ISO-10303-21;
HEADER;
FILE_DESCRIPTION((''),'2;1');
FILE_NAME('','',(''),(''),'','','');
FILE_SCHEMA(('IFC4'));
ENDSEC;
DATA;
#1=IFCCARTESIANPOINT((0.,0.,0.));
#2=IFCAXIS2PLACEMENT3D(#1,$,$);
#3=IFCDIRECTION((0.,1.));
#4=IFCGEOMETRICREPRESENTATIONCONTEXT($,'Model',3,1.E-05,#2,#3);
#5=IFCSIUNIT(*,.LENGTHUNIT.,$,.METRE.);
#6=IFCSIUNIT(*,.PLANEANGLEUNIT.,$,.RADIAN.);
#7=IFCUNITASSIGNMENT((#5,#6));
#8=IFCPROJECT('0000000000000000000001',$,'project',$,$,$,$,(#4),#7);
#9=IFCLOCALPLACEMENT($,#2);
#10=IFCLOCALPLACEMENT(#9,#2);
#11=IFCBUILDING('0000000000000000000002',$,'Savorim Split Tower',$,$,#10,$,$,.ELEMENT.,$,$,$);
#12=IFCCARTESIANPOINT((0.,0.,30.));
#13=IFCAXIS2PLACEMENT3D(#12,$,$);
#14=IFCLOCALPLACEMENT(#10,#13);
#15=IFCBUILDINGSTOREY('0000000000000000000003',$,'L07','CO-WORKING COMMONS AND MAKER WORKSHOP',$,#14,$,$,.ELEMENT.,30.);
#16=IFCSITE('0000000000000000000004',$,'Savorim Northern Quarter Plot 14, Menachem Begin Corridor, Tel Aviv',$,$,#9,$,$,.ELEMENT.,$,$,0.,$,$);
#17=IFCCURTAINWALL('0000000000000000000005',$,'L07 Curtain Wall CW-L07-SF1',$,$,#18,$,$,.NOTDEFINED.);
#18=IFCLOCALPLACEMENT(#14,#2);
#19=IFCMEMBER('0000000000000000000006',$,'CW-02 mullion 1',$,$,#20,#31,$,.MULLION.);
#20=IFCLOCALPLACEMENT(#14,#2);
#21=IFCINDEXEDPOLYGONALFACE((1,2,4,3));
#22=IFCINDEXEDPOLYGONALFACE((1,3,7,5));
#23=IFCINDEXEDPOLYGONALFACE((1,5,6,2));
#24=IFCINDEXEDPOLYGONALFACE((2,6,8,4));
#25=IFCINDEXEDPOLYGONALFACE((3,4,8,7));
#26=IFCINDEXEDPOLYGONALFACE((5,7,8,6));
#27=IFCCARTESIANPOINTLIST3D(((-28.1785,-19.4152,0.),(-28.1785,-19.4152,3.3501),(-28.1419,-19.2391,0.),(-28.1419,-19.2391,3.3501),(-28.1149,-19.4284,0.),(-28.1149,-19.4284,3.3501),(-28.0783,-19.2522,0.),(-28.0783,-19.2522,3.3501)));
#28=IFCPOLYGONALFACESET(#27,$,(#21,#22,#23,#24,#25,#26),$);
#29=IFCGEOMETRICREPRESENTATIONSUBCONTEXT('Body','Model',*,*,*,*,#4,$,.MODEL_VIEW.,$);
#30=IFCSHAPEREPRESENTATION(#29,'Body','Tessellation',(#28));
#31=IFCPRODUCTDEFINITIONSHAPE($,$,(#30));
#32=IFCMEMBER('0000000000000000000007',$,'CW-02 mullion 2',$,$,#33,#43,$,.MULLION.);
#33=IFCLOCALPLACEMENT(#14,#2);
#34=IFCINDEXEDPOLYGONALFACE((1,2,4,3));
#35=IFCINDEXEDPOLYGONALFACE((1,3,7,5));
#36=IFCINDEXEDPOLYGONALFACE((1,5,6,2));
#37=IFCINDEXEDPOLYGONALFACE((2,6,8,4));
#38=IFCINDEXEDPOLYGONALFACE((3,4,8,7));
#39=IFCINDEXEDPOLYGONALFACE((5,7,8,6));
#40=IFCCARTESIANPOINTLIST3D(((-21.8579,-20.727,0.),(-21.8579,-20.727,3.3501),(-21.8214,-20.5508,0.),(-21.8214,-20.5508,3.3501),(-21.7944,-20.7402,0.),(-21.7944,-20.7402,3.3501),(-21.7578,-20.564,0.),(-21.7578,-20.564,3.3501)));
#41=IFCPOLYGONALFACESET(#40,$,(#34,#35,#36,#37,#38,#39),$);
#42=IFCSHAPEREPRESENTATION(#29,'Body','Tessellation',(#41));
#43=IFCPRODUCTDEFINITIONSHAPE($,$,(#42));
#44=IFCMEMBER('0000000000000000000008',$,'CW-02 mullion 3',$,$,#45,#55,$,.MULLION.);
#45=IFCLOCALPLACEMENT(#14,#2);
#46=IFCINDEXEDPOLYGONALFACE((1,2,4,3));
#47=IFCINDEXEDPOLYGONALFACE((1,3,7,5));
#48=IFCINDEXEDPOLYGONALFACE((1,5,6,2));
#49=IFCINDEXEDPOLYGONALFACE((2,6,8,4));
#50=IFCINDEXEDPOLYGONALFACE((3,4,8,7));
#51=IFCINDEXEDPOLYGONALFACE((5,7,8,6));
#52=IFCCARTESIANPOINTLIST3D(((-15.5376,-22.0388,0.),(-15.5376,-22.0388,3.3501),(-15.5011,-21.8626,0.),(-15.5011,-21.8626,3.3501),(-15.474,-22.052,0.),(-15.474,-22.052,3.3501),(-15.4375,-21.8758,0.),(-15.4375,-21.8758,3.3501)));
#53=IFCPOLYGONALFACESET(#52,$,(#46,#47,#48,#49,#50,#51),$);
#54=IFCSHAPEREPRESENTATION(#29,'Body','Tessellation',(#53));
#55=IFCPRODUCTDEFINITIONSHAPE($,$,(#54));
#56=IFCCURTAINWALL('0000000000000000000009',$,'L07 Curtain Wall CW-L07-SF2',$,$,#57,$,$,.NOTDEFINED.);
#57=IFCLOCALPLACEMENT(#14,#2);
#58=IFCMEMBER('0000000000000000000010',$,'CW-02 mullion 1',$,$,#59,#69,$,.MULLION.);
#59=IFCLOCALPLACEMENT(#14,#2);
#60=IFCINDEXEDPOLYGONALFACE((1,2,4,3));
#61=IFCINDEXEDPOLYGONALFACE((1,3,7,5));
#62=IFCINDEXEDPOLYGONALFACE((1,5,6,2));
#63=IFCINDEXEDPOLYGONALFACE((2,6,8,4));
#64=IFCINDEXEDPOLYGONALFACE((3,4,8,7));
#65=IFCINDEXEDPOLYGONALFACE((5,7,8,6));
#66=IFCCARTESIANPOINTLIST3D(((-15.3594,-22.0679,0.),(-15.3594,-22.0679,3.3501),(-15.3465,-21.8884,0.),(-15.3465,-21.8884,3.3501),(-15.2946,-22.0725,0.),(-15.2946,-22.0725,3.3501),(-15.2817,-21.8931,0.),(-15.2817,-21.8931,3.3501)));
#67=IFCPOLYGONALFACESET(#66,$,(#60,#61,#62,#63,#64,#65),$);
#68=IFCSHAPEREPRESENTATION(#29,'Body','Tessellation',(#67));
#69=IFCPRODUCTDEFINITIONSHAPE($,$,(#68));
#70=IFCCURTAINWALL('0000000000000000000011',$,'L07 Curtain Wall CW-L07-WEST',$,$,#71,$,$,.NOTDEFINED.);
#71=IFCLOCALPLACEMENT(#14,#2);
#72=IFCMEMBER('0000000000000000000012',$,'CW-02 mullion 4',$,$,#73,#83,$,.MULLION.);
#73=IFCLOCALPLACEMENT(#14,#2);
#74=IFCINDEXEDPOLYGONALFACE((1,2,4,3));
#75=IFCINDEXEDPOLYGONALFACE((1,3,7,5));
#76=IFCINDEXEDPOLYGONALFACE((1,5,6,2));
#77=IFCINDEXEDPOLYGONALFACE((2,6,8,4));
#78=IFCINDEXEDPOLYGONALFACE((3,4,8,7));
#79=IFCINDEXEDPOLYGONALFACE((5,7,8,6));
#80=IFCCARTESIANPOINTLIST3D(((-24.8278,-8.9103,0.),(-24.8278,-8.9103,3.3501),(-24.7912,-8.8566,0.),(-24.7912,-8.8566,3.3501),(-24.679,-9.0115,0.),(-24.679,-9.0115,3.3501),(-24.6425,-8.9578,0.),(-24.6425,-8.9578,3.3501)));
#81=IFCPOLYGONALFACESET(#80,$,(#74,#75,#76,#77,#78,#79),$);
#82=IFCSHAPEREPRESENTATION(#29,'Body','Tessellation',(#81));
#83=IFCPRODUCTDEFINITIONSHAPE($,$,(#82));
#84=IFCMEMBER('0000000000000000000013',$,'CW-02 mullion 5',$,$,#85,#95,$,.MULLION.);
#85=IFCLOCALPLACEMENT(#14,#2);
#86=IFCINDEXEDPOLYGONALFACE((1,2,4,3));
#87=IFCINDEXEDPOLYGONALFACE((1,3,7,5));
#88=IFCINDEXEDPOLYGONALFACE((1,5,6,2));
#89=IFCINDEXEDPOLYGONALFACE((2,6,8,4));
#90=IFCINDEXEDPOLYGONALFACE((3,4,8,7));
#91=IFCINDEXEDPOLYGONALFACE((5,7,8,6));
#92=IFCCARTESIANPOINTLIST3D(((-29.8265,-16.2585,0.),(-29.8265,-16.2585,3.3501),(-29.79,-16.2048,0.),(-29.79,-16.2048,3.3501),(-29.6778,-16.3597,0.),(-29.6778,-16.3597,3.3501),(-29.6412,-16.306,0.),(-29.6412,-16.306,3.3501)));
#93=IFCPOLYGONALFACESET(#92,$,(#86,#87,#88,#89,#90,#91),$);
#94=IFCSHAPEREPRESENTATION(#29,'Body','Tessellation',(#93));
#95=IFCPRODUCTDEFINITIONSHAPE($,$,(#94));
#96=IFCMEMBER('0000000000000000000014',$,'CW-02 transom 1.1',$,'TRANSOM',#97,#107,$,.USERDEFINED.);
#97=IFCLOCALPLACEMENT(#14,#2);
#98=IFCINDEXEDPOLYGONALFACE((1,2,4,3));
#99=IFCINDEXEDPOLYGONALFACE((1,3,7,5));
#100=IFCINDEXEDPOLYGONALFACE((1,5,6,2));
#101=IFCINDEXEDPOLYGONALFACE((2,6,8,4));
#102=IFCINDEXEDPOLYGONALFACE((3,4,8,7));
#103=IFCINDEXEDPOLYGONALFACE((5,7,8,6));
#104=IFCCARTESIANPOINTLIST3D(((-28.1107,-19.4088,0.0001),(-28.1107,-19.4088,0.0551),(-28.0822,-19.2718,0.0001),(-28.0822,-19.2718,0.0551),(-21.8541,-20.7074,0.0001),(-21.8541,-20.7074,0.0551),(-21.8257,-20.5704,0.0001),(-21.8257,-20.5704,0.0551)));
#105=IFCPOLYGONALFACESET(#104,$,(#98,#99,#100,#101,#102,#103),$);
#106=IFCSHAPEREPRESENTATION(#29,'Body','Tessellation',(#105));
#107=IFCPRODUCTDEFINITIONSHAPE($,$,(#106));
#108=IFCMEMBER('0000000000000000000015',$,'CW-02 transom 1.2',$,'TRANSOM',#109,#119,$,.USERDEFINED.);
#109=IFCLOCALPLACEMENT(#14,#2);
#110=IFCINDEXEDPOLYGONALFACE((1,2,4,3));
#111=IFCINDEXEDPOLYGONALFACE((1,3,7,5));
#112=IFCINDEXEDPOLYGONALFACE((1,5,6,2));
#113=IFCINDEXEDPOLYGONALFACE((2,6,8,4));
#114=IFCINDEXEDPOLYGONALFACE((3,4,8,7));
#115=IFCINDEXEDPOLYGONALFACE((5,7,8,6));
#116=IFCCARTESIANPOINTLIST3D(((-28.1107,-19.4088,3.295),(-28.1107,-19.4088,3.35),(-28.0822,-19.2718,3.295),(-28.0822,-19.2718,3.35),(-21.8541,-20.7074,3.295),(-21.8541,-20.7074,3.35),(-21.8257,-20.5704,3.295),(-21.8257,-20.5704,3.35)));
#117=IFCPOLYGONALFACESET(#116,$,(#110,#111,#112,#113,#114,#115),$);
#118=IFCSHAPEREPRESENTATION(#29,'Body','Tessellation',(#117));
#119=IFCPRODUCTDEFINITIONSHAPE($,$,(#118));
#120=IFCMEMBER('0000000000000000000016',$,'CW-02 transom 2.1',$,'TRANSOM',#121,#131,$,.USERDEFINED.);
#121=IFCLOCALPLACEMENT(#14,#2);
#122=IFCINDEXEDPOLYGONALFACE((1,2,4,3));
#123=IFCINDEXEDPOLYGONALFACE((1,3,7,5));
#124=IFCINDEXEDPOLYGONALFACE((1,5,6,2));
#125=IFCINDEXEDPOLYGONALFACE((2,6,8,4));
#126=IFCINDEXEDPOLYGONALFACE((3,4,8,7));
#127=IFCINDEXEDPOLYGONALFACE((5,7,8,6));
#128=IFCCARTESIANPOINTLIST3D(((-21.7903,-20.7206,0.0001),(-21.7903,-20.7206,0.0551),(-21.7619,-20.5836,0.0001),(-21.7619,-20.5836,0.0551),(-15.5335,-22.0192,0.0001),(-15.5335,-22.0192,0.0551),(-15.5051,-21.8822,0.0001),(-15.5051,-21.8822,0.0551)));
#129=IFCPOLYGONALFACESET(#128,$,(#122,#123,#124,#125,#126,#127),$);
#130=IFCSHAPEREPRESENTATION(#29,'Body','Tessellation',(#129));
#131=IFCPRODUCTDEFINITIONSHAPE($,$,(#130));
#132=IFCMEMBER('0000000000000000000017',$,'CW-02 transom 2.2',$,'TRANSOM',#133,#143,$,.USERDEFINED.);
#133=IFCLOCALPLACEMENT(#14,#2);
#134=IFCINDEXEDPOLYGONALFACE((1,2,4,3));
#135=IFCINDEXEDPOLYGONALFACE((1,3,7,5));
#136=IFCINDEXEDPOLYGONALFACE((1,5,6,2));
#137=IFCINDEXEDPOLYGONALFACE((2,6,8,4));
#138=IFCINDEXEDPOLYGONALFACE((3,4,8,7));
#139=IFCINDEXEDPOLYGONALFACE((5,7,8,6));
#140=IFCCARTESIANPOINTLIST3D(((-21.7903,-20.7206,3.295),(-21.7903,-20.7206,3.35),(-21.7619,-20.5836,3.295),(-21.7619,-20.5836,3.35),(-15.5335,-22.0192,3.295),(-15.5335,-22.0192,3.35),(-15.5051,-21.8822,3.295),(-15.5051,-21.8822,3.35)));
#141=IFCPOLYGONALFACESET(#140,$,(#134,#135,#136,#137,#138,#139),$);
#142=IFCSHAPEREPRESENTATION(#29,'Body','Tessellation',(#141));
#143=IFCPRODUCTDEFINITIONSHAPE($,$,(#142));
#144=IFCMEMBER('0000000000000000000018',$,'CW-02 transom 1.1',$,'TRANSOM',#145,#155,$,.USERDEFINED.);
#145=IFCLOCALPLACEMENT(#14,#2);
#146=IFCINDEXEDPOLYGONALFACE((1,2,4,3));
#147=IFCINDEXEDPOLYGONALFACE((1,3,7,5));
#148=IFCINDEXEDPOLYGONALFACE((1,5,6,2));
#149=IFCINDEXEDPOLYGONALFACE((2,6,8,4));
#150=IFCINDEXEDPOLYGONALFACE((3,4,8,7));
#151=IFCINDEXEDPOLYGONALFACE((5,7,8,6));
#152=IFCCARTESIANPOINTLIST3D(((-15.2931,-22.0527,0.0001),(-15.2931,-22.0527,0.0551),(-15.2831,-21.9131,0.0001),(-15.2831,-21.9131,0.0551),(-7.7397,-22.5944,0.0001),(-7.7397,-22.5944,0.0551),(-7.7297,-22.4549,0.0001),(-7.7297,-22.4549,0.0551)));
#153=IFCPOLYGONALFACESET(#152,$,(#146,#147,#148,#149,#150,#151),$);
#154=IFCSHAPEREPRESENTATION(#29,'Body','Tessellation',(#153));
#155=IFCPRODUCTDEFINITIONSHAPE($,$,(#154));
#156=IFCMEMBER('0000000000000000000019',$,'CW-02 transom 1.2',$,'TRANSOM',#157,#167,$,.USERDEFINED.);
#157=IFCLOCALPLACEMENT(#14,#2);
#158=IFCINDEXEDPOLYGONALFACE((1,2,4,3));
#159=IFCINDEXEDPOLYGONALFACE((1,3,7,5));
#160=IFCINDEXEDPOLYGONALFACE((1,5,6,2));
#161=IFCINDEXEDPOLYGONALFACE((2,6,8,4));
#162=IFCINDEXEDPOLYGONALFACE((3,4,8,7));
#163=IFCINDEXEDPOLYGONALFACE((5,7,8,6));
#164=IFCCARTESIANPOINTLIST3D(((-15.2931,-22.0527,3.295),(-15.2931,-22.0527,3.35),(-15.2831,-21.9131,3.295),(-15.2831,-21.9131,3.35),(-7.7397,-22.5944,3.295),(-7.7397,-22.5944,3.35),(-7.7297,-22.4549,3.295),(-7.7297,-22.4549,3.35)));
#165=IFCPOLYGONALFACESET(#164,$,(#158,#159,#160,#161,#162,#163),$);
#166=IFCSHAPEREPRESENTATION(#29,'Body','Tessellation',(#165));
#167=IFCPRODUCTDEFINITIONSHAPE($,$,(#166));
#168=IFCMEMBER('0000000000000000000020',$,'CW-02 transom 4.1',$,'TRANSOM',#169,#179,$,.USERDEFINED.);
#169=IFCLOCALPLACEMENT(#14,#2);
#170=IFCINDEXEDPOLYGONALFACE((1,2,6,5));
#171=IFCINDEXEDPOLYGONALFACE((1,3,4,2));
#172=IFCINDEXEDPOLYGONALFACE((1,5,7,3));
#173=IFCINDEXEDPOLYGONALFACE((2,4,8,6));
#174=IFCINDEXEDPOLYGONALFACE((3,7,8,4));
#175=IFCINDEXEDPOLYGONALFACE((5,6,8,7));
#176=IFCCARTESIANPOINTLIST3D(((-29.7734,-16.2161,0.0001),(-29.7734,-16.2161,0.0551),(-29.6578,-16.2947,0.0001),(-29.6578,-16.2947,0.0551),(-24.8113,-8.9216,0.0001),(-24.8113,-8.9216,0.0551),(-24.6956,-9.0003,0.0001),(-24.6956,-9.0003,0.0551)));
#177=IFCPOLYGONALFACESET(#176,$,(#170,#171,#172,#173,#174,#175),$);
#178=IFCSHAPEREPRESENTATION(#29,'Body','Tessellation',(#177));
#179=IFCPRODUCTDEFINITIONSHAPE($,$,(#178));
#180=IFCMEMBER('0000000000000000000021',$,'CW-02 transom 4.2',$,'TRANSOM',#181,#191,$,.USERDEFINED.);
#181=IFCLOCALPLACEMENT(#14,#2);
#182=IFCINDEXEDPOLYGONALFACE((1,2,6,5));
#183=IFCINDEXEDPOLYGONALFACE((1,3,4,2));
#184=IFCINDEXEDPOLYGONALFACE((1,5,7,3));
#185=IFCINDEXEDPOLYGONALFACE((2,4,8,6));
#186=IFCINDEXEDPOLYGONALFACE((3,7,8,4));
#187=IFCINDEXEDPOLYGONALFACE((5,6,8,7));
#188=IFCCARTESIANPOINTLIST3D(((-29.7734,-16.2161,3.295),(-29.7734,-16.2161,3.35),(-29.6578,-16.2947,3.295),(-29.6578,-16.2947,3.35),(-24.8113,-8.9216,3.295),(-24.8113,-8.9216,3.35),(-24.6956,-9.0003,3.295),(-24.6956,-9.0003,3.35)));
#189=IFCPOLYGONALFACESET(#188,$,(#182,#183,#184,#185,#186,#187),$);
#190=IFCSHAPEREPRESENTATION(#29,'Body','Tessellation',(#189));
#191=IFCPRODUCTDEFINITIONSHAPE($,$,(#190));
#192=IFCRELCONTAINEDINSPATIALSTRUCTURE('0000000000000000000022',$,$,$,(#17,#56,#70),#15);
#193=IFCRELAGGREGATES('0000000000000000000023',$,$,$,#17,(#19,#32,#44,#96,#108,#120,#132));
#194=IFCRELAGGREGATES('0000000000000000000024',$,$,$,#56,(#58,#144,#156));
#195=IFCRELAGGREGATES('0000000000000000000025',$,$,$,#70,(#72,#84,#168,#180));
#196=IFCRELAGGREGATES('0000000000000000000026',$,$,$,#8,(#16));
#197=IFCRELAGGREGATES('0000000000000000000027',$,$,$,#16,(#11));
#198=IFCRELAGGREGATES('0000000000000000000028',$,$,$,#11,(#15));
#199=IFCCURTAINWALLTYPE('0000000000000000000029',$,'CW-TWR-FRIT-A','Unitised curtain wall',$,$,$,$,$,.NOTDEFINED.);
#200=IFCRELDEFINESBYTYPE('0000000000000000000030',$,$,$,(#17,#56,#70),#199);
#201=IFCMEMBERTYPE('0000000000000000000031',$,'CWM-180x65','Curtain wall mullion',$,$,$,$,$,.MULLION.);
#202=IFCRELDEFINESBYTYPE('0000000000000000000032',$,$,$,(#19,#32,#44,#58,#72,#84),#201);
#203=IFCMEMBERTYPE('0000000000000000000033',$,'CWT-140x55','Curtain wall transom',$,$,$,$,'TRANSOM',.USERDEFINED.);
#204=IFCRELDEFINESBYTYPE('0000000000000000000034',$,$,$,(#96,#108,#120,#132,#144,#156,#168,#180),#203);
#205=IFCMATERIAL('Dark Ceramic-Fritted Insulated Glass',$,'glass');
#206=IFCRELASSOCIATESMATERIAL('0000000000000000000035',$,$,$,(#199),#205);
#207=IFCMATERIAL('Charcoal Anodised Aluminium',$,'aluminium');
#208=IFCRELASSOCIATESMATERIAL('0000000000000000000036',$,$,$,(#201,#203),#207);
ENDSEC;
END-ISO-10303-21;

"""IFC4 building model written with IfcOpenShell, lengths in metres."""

from ifc_helpers import new_model, si_unit, direction, frame, origin, origin_2d, place, context, subcontext, project, spatial, rectangle, extrude, material, material_profile, profile_set, type_object, element, aggregate, save


model = new_model("IFC4")

# Units and contexts
model_context = context("Model", 3, precision=1e-05, world=origin(), true_north=direction((0.0, 1.0)))
body_context = subcontext(model_context, "Body", "Model", "MODEL_VIEW")
ifc_project = project(units=[si_unit("LENGTHUNIT", "METRE"), si_unit("PLANEANGLEUNIT", "RADIAN")], contexts=[model_context])

# Site, building, storey
site_placement = place(None, origin())
site = spatial("IfcSite", under=ifc_project, at=site_placement, Name="Savorim Northern Quarter Plot 14, Menachem Begin Corridor, Tel Aviv", CompositionType="ELEMENT", RefElevation=0.0)
building_placement = place(site_placement, origin())
building = spatial("IfcBuilding", under=site, at=building_placement, Name="Savorim Split Tower", CompositionType="ELEMENT")
storey_placement = place(building_placement, frame((0.0, 0.0, 30.0)))
storey = spatial("IfcBuildingStorey", under=building, at=storey_placement, Name="L07", Description="CO-WORKING COMMONS AND MAKER WORKSHOP", CompositionType="ELEMENT", Elevation=30.0)

# Curtain wall, members
ifc_material_1 = material(Name="Dark Ceramic-Fritted Insulated Glass", Category="glass")
curtain_wall_type = type_object("IfcCurtainWallType", Name="CW-TWR-FRIT-A", Description="Unitised curtain wall", PredefinedType="NOTDEFINED", material=ifc_material_1)
curtain_wall_1_placement = place(storey_placement, origin())
curtain_wall_1 = element("IfcCurtainWall", 1, at=curtain_wall_1_placement, inside=storey, type_object=curtain_wall_type, Name="L07 Curtain Wall CW-L07-SF1", PredefinedType="NOTDEFINED")
ifc_material_2 = material(Name="Charcoal Anodised Aluminium", Category="aluminium")
ifc_material_profile_1 = material_profile(ifc_material_2, rectangle(XDim=0.1799, YDim=0.0649, at=origin_2d()), Name="ALU-M 180x65")
ifc_profile_set_1 = profile_set([ifc_material_profile_1], Name="Charcoal Anodised Aluminium")
member_type_1 = type_object("IfcMemberType", Name="CWM-180x65", Description="Curtain wall mullion", PredefinedType="MULLION", material=ifc_profile_set_1)
member_1_placement = place(storey_placement, frame((-28.1284, -19.3337, 0.0), z_axis=(0.0, 0.0, 1.0), x_axis=(0.20321, 0.979135, 0.0)))
member_1 = element("IfcMember", 2, at=member_1_placement, type_object=member_type_1, Name="CW-02 mullion 1", PredefinedType="MULLION", context=body_context, shape_type="SweptSolid", body=[
    extrude(rectangle(XDim=0.1799, YDim=0.0649, at=origin_2d()), origin(), (0.0, 0.0, 1.0), 3.3501),
])
member_2_placement = place(storey_placement, frame((-21.8079, -20.6455, 0.0), z_axis=(0.0, 0.0, 1.0), x_axis=(0.20321, 0.979135, 0.0)))
member_2 = element("IfcMember", 3, at=member_2_placement, type_object=member_type_1, Name="CW-02 mullion 2", PredefinedType="MULLION", context=body_context, shape_type="SweptSolid", body=[
    extrude(rectangle(XDim=0.1799, YDim=0.0649, at=origin_2d()), origin(), (0.0, 0.0, 1.0), 3.3501),
])
member_3_placement = place(storey_placement, frame((-15.4875, -21.9573, 0.0), z_axis=(0.0, 0.0, 1.0), x_axis=(0.20321, 0.979135, 0.0)))
member_3 = element("IfcMember", 4, at=member_3_placement, type_object=member_type_1, Name="CW-02 mullion 3", PredefinedType="MULLION", context=body_context, shape_type="SweptSolid", body=[
    extrude(rectangle(XDim=0.1799, YDim=0.0649, at=origin_2d()), origin(), (0.0, 0.0, 1.0), 3.3501),
])

# Curtain wall, member
curtain_wall_2_placement = place(storey_placement, origin())
curtain_wall_2 = element("IfcCurtainWall", 5, at=curtain_wall_2_placement, inside=storey, type_object=curtain_wall_type, Name="L07 Curtain Wall CW-L07-SF2", PredefinedType="NOTDEFINED")
member_4_placement = place(storey_placement, frame((-15.3206, -21.9805, 0.0), z_axis=(0.0, 0.0, 1.0), x_axis=(0.07156, 0.997436, 0.0)))
member_4 = element("IfcMember", 6, at=member_4_placement, type_object=member_type_1, Name="CW-02 mullion 1", PredefinedType="MULLION", context=body_context, shape_type="SweptSolid", body=[
    extrude(rectangle(XDim=0.1799, YDim=0.0649, at=origin_2d()), origin(), (0.0, 0.0, 1.0), 3.3501),
])

# Curtain wall, members
curtain_wall_3_placement = place(storey_placement, origin())
curtain_wall_3 = element("IfcCurtainWall", 7, at=curtain_wall_3_placement, inside=storey, type_object=curtain_wall_type, Name="L07 Curtain Wall CW-L07-WEST", PredefinedType="NOTDEFINED")
member_5_placement = place(storey_placement, frame((-24.7351, -8.9341, 0.0), z_axis=(0.0, 0.0, 1.0), x_axis=(0.826821, -0.562465, 0.0)))
member_5 = element("IfcMember", 8, at=member_5_placement, type_object=member_type_1, Name="CW-02 mullion 4", PredefinedType="MULLION", context=body_context, shape_type="SweptSolid", body=[
    extrude(rectangle(XDim=0.1799, YDim=0.0649, at=origin_2d()), origin(), (0.0, 0.0, 1.0), 3.3501),
])
member_6_placement = place(storey_placement, frame((-29.7339, -16.2822, 0.0), z_axis=(0.0, 0.0, 1.0), x_axis=(0.826821, -0.562465, 0.0)))
member_6 = element("IfcMember", 9, at=member_6_placement, type_object=member_type_1, Name="CW-02 mullion 5", PredefinedType="MULLION", context=body_context, shape_type="SweptSolid", body=[
    extrude(rectangle(XDim=0.1799, YDim=0.0649, at=origin_2d()), origin(), (0.0, 0.0, 1.0), 3.3501),
])

# Members
ifc_material_profile_2 = material_profile(ifc_material_2, rectangle(XDim=0.1399, YDim=0.0549, at=origin_2d()), Name="ALU-T 140x55")
ifc_profile_set_2 = profile_set([ifc_material_profile_2], Name="Charcoal Anodised Aluminium")
member_type_2 = type_object("IfcMemberType", Name="CWT-140x55", Description="Curtain wall transom", ElementType="TRANSOM", PredefinedType="USERDEFINED", material=ifc_profile_set_2)
member_7_placement = place(storey_placement, frame((-28.0964, -19.3403, 0.0276), z_axis=(0.979132, -0.203223, 0.0), x_axis=(0.203223, 0.979132, 0.0)))
member_7 = element("IfcMember", 10, at=member_7_placement, type_object=member_type_2, Name="CW-02 transom 1.1", ObjectType="TRANSOM", PredefinedType="USERDEFINED", context=body_context, shape_type="SweptSolid", body=[
    extrude(rectangle(XDim=0.1399, YDim=0.0549, at=origin_2d()), origin(), (0.0, 0.0, 1.0), 6.3899),
])
member_8_placement = place(storey_placement, frame((-28.0964, -19.3403, 3.3225), z_axis=(0.979132, -0.203223, 0.0), x_axis=(0.203223, 0.979132, 0.0)))
member_8 = element("IfcMember", 11, at=member_8_placement, type_object=member_type_2, Name="CW-02 transom 1.2", ObjectType="TRANSOM", PredefinedType="USERDEFINED", context=body_context, shape_type="SweptSolid", body=[
    extrude(rectangle(XDim=0.1399, YDim=0.0549, at=origin_2d()), origin(), (0.0, 0.0, 1.0), 6.3899),
])
member_9_placement = place(storey_placement, frame((-21.7761, -20.6521, 0.0276), z_axis=(0.979134, -0.203216, 0.0), x_axis=(0.203216, 0.979134, 0.0)))
member_9 = element("IfcMember", 12, at=member_9_placement, type_object=member_type_2, Name="CW-02 transom 2.1", ObjectType="TRANSOM", PredefinedType="USERDEFINED", context=body_context, shape_type="SweptSolid", body=[
    extrude(rectangle(XDim=0.1399, YDim=0.0549, at=origin_2d()), origin(), (0.0, 0.0, 1.0), 6.3901),
])
member_10_placement = place(storey_placement, frame((-21.7761, -20.6521, 3.3225), z_axis=(0.979134, -0.203216, 0.0), x_axis=(0.203216, 0.979134, 0.0)))
member_10 = element("IfcMember", 13, at=member_10_placement, type_object=member_type_2, Name="CW-02 transom 2.2", ObjectType="TRANSOM", PredefinedType="USERDEFINED", context=body_context, shape_type="SweptSolid", body=[
    extrude(rectangle(XDim=0.1399, YDim=0.0549, at=origin_2d()), origin(), (0.0, 0.0, 1.0), 6.3901),
])
member_11_placement = place(storey_placement, frame((-15.2881, -21.9829, 0.0276), z_axis=(0.997438, -0.071538, 0.0), x_axis=(0.071538, 0.997438, 0.0)))
member_11 = element("IfcMember", 14, at=member_11_placement, type_object=member_type_2, Name="CW-02 transom 1.1", ObjectType="TRANSOM", PredefinedType="USERDEFINED", context=body_context, shape_type="SweptSolid", body=[
    extrude(rectangle(XDim=0.1399, YDim=0.0549, at=origin_2d()), origin(), (0.0, 0.0, 1.0), 7.5728),
])
member_12_placement = place(storey_placement, frame((-15.2881, -21.9829, 3.3225), z_axis=(0.997438, -0.071538, 0.0), x_axis=(0.071538, 0.997438, 0.0)))
member_12 = element("IfcMember", 15, at=member_12_placement, type_object=member_type_2, Name="CW-02 transom 1.2", ObjectType="TRANSOM", PredefinedType="USERDEFINED", context=body_context, shape_type="SweptSolid", body=[
    extrude(rectangle(XDim=0.1399, YDim=0.0549, at=origin_2d()), origin(), (0.0, 0.0, 1.0), 7.5728),
])
member_13_placement = place(storey_placement, frame((-24.7534, -8.9609, 0.0276), z_axis=(-0.562461, -0.826824, 0.0), x_axis=(0.826824, -0.562461, 0.0)))
member_13 = element("IfcMember", 16, at=member_13_placement, type_object=member_type_2, Name="CW-02 transom 4.1", ObjectType="TRANSOM", PredefinedType="USERDEFINED", context=body_context, shape_type="SweptSolid", body=[
    extrude(rectangle(XDim=0.1399, YDim=0.0549, at=origin_2d()), origin(), (0.0, 0.0, 1.0), 8.8223),
])
member_14_placement = place(storey_placement, frame((-24.7534, -8.9609, 3.3225), z_axis=(-0.562461, -0.826824, 0.0), x_axis=(0.826824, -0.562461, 0.0)))
member_14 = element("IfcMember", 17, at=member_14_placement, type_object=member_type_2, Name="CW-02 transom 4.2", ObjectType="TRANSOM", PredefinedType="USERDEFINED", context=body_context, shape_type="SweptSolid", body=[
    extrude(rectangle(XDim=0.1399, YDim=0.0549, at=origin_2d()), origin(), (0.0, 0.0, 1.0), 8.8223),
])

aggregate(curtain_wall_1, [member_1, member_2, member_3, member_7, member_8, member_9, member_10])
aggregate(curtain_wall_2, [member_4, member_11, member_12])
aggregate(curtain_wall_3, [member_5, member_6, member_13, member_14])

save(model, "model.ifc")
